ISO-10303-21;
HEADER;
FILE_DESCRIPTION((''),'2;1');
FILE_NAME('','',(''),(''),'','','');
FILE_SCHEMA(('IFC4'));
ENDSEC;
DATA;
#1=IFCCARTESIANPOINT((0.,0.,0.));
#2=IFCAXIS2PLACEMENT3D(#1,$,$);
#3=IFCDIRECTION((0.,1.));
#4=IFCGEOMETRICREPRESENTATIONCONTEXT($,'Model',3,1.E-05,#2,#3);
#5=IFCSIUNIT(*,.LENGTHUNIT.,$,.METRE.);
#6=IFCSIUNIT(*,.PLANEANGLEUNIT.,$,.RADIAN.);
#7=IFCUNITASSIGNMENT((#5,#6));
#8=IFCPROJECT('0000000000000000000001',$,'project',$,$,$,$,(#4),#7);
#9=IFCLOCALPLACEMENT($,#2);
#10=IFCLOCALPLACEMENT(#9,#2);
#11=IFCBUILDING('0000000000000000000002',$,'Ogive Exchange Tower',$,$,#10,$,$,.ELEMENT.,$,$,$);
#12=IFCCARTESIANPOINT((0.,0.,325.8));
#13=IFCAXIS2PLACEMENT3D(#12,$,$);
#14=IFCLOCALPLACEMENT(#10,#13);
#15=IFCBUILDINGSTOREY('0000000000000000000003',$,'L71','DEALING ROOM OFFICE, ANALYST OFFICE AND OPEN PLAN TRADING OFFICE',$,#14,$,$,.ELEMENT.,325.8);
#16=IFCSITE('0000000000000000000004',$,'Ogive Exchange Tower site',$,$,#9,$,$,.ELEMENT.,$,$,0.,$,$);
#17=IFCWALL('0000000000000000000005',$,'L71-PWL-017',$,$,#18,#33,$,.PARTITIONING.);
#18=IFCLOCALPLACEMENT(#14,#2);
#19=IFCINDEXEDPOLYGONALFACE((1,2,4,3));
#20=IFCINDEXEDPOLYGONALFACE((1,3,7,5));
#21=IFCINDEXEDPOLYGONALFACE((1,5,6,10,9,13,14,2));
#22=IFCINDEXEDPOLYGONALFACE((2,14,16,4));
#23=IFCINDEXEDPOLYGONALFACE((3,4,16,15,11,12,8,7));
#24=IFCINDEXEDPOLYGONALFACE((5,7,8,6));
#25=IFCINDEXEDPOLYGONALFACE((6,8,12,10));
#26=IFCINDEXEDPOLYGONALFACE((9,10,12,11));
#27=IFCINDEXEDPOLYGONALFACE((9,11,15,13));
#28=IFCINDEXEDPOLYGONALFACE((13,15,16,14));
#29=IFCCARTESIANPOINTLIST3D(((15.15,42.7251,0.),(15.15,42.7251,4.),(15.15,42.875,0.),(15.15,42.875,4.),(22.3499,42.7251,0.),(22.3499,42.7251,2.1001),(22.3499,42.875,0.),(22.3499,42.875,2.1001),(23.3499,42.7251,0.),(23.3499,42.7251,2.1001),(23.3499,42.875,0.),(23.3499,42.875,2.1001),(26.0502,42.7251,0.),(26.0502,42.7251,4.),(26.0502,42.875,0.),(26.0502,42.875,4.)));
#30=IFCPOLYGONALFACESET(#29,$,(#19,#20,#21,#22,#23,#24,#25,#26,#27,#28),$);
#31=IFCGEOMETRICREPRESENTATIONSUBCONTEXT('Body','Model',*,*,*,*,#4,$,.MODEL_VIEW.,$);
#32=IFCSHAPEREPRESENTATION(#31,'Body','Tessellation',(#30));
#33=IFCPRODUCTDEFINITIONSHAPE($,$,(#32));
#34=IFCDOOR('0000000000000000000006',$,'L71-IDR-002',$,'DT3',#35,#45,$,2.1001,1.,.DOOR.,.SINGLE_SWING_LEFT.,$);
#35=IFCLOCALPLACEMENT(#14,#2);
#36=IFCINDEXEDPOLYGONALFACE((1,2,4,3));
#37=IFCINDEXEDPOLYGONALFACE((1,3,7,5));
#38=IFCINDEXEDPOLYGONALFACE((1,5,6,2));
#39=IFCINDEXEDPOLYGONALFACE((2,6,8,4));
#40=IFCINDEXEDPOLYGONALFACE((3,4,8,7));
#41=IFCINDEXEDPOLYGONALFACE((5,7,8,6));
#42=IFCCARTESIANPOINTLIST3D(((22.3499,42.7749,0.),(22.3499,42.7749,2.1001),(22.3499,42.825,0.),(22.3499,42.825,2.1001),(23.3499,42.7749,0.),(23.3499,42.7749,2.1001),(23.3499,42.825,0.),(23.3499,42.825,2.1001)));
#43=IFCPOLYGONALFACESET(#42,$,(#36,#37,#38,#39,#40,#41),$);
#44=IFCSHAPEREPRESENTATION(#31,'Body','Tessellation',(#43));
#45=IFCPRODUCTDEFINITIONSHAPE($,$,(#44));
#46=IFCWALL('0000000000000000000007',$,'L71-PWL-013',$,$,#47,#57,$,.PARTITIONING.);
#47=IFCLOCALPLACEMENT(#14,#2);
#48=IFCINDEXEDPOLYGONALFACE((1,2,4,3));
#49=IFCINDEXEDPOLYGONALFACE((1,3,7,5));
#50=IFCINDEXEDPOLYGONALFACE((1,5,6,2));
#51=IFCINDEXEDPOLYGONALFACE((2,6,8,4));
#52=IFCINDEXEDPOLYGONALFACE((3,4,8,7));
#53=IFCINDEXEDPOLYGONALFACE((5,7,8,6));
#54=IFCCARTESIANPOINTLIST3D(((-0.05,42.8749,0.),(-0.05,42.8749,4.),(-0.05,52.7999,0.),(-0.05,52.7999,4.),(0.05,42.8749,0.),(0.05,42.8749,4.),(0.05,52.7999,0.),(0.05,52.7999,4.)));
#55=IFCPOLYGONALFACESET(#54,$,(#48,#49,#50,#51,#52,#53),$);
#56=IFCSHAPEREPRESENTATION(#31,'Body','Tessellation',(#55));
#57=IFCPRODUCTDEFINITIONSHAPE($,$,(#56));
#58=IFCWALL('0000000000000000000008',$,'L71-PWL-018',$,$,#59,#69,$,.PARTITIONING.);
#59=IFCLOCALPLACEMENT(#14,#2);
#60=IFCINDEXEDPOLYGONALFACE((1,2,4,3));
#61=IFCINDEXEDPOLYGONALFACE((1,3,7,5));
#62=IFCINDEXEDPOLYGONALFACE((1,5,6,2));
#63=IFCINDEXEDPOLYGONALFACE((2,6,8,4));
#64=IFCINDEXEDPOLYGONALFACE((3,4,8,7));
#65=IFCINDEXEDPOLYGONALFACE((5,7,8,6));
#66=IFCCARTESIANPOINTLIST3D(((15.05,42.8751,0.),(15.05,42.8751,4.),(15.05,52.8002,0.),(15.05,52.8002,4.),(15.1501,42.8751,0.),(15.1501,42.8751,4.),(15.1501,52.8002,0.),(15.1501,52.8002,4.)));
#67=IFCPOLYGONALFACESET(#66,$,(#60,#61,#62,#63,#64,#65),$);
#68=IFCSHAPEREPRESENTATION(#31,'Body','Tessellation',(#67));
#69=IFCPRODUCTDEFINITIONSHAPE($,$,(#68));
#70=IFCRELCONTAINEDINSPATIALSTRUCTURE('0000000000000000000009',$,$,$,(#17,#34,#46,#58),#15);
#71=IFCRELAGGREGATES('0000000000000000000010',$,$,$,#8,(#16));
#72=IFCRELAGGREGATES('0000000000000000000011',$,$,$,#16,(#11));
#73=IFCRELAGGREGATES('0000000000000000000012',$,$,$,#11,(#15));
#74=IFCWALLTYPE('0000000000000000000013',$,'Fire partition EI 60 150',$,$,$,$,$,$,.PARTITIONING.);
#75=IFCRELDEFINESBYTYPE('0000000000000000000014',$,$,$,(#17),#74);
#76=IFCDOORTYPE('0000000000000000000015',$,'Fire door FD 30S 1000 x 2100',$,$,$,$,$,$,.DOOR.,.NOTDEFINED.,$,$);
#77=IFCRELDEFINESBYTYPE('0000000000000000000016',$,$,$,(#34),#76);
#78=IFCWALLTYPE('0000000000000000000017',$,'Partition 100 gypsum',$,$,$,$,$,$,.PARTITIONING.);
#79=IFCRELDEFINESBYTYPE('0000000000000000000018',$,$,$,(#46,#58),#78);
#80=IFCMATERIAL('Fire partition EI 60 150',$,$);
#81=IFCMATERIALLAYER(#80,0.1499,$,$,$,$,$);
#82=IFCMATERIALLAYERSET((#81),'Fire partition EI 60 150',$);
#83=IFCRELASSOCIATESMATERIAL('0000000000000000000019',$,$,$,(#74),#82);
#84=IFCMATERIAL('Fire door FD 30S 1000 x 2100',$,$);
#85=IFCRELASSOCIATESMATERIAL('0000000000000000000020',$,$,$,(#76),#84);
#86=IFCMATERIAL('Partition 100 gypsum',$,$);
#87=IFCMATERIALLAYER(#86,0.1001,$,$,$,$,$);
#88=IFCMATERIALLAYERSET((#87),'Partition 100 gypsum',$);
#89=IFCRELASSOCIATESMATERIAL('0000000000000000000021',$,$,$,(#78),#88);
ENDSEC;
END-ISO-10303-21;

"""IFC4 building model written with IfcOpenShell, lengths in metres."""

from ifc_helpers import new_model, si_unit, direction, frame, frame_2d, origin, place, context, subcontext, project, spatial, rectangle, extrude, material, layer, layer_set, type_object, element, fill, save


model = new_model("IFC4")

# Units and contexts
model_context = context("Model", 3, precision=1e-05, world=origin(), true_north=direction((0.0, 1.0)))
body_context = subcontext(model_context, "Body", "Model", "MODEL_VIEW")
ifc_project = project(units=[si_unit("LENGTHUNIT", "METRE"), si_unit("PLANEANGLEUNIT", "RADIAN")], contexts=[model_context])

# Site, building, storey
site_placement = place(None, origin())
site = spatial("IfcSite", under=ifc_project, at=site_placement, Name="Ogive Exchange Tower site", CompositionType="ELEMENT", RefElevation=0.0)
building_placement = place(site_placement, origin())
building = spatial("IfcBuilding", under=site, at=building_placement, Name="Ogive Exchange Tower", CompositionType="ELEMENT")
storey_placement = place(building_placement, frame((0.0, 0.0, 325.8)))
storey = spatial("IfcBuildingStorey", under=building, at=storey_placement, Name="L71", Description="DEALING ROOM OFFICE, ANALYST OFFICE AND OPEN PLAN TRADING OFFICE", CompositionType="ELEMENT", Elevation=325.8)

# Shared definitions
ifc_material_1 = material(Name="Fire partition EI 60 150")
ifc_layer_1 = layer(ifc_material_1, 0.1499)
ifc_layer_set_1 = layer_set([ifc_layer_1], Name="Fire partition EI 60 150")
wall_type_1 = type_object("IfcWallType", Name="Fire partition EI 60 150", PredefinedType="PARTITIONING", material=ifc_layer_set_1)

# Shared definitions
ifc_material_2 = material(Name="Fire door FD 30S 1000 x 2100")
door_type = type_object("IfcDoorType", Name="Fire door FD 30S 1000 x 2100", OperationType="NOTDEFINED", PredefinedType="DOOR", material=ifc_material_2)

# Wall, opening, door
wall_1_placement = place(storey_placement, frame((15.1499, 42.8, 0.0), z_axis=(0.0, 0.0, 1.0), x_axis=(1.0, 0.0, 0.0)))
wall_1 = element("IfcWall", 1, at=wall_1_placement, inside=storey, type_object=wall_type_1, Name="L71-PWL-017", PredefinedType="PARTITIONING", context=body_context, shape_type="SweptSolid", body=[
    extrude(rectangle(XDim=10.9001, YDim=0.1499, at=frame_2d((5.4502, 0.0))), origin(), (0.0, 0.0, 1.0), 4.0),
])
opening_1_placement = place(wall_1_placement, frame((7.2, 0.0, 0.0)))
opening_1 = element("IfcOpeningElement", 2, at=opening_1_placement, cuts=wall_1, PredefinedType="OPENING", context=body_context, shape_type="SweptSolid", body=[
    extrude(rectangle(XDim=1.0, YDim=2.1001, at=frame_2d((0.5, 1.05))), frame((0.0, 0.085, 0.0), z_axis=(0.0, -1.0, 0.0), x_axis=(1.0, 0.0, 0.0)), (0.0, 0.0, 1.0), 0.1699),
])
door_1_placement = place(opening_1_placement, origin())
door_1 = element("IfcDoor", 3, at=door_1_placement, inside=storey, type_object=door_type, Name="L71-IDR-002", ObjectType="DT3", OperationType="SINGLE_SWING_LEFT", OverallHeight=2.1001, OverallWidth=1.0, PredefinedType="DOOR", context=body_context, shape_type="SweptSolid", body=[
    extrude(rectangle(XDim=1.0, YDim=2.1001, at=frame_2d((0.5, 1.05))), frame((0.0, 0.0249, 0.0), z_axis=(0.0, -1.0, 0.0), x_axis=(1.0, 0.0, 0.0)), (0.0, 0.0, 1.0), 0.05),
])
fill(opening_1, door_1)

# Walls
ifc_material_3 = material(Name="Partition 100 gypsum")
ifc_layer_2 = layer(ifc_material_3, 0.1001)
ifc_layer_set_2 = layer_set([ifc_layer_2], Name="Partition 100 gypsum")
wall_type_2 = type_object("IfcWallType", Name="Partition 100 gypsum", PredefinedType="PARTITIONING", material=ifc_layer_set_2)
for number, where, z_axis, x_axis, name in (
    (4, (0.0, 42.875, 0.0), (0.0, 0.0, 1.0), (0.0, 1.0, 0.0), "L71-PWL-013"),
    (5, (15.1001, 52.8, 0.0), (0.0, 0.0, 1.0), (0.0, -1.0, 0.0), "L71-PWL-018"),
):
    element("IfcWall", number, at=place(storey_placement, frame(where, z_axis=z_axis, x_axis=x_axis)), inside=storey, type_object=wall_type_2, Name=name, PredefinedType="PARTITIONING", context=body_context, shape_type="SweptSolid", body=[
        extrude(rectangle(XDim=9.925, YDim=0.1001, at=frame_2d((4.9624, 0.0))), origin(), (0.0, 0.0, 1.0), 4.0),
    ])

save(model, "model.ifc")
